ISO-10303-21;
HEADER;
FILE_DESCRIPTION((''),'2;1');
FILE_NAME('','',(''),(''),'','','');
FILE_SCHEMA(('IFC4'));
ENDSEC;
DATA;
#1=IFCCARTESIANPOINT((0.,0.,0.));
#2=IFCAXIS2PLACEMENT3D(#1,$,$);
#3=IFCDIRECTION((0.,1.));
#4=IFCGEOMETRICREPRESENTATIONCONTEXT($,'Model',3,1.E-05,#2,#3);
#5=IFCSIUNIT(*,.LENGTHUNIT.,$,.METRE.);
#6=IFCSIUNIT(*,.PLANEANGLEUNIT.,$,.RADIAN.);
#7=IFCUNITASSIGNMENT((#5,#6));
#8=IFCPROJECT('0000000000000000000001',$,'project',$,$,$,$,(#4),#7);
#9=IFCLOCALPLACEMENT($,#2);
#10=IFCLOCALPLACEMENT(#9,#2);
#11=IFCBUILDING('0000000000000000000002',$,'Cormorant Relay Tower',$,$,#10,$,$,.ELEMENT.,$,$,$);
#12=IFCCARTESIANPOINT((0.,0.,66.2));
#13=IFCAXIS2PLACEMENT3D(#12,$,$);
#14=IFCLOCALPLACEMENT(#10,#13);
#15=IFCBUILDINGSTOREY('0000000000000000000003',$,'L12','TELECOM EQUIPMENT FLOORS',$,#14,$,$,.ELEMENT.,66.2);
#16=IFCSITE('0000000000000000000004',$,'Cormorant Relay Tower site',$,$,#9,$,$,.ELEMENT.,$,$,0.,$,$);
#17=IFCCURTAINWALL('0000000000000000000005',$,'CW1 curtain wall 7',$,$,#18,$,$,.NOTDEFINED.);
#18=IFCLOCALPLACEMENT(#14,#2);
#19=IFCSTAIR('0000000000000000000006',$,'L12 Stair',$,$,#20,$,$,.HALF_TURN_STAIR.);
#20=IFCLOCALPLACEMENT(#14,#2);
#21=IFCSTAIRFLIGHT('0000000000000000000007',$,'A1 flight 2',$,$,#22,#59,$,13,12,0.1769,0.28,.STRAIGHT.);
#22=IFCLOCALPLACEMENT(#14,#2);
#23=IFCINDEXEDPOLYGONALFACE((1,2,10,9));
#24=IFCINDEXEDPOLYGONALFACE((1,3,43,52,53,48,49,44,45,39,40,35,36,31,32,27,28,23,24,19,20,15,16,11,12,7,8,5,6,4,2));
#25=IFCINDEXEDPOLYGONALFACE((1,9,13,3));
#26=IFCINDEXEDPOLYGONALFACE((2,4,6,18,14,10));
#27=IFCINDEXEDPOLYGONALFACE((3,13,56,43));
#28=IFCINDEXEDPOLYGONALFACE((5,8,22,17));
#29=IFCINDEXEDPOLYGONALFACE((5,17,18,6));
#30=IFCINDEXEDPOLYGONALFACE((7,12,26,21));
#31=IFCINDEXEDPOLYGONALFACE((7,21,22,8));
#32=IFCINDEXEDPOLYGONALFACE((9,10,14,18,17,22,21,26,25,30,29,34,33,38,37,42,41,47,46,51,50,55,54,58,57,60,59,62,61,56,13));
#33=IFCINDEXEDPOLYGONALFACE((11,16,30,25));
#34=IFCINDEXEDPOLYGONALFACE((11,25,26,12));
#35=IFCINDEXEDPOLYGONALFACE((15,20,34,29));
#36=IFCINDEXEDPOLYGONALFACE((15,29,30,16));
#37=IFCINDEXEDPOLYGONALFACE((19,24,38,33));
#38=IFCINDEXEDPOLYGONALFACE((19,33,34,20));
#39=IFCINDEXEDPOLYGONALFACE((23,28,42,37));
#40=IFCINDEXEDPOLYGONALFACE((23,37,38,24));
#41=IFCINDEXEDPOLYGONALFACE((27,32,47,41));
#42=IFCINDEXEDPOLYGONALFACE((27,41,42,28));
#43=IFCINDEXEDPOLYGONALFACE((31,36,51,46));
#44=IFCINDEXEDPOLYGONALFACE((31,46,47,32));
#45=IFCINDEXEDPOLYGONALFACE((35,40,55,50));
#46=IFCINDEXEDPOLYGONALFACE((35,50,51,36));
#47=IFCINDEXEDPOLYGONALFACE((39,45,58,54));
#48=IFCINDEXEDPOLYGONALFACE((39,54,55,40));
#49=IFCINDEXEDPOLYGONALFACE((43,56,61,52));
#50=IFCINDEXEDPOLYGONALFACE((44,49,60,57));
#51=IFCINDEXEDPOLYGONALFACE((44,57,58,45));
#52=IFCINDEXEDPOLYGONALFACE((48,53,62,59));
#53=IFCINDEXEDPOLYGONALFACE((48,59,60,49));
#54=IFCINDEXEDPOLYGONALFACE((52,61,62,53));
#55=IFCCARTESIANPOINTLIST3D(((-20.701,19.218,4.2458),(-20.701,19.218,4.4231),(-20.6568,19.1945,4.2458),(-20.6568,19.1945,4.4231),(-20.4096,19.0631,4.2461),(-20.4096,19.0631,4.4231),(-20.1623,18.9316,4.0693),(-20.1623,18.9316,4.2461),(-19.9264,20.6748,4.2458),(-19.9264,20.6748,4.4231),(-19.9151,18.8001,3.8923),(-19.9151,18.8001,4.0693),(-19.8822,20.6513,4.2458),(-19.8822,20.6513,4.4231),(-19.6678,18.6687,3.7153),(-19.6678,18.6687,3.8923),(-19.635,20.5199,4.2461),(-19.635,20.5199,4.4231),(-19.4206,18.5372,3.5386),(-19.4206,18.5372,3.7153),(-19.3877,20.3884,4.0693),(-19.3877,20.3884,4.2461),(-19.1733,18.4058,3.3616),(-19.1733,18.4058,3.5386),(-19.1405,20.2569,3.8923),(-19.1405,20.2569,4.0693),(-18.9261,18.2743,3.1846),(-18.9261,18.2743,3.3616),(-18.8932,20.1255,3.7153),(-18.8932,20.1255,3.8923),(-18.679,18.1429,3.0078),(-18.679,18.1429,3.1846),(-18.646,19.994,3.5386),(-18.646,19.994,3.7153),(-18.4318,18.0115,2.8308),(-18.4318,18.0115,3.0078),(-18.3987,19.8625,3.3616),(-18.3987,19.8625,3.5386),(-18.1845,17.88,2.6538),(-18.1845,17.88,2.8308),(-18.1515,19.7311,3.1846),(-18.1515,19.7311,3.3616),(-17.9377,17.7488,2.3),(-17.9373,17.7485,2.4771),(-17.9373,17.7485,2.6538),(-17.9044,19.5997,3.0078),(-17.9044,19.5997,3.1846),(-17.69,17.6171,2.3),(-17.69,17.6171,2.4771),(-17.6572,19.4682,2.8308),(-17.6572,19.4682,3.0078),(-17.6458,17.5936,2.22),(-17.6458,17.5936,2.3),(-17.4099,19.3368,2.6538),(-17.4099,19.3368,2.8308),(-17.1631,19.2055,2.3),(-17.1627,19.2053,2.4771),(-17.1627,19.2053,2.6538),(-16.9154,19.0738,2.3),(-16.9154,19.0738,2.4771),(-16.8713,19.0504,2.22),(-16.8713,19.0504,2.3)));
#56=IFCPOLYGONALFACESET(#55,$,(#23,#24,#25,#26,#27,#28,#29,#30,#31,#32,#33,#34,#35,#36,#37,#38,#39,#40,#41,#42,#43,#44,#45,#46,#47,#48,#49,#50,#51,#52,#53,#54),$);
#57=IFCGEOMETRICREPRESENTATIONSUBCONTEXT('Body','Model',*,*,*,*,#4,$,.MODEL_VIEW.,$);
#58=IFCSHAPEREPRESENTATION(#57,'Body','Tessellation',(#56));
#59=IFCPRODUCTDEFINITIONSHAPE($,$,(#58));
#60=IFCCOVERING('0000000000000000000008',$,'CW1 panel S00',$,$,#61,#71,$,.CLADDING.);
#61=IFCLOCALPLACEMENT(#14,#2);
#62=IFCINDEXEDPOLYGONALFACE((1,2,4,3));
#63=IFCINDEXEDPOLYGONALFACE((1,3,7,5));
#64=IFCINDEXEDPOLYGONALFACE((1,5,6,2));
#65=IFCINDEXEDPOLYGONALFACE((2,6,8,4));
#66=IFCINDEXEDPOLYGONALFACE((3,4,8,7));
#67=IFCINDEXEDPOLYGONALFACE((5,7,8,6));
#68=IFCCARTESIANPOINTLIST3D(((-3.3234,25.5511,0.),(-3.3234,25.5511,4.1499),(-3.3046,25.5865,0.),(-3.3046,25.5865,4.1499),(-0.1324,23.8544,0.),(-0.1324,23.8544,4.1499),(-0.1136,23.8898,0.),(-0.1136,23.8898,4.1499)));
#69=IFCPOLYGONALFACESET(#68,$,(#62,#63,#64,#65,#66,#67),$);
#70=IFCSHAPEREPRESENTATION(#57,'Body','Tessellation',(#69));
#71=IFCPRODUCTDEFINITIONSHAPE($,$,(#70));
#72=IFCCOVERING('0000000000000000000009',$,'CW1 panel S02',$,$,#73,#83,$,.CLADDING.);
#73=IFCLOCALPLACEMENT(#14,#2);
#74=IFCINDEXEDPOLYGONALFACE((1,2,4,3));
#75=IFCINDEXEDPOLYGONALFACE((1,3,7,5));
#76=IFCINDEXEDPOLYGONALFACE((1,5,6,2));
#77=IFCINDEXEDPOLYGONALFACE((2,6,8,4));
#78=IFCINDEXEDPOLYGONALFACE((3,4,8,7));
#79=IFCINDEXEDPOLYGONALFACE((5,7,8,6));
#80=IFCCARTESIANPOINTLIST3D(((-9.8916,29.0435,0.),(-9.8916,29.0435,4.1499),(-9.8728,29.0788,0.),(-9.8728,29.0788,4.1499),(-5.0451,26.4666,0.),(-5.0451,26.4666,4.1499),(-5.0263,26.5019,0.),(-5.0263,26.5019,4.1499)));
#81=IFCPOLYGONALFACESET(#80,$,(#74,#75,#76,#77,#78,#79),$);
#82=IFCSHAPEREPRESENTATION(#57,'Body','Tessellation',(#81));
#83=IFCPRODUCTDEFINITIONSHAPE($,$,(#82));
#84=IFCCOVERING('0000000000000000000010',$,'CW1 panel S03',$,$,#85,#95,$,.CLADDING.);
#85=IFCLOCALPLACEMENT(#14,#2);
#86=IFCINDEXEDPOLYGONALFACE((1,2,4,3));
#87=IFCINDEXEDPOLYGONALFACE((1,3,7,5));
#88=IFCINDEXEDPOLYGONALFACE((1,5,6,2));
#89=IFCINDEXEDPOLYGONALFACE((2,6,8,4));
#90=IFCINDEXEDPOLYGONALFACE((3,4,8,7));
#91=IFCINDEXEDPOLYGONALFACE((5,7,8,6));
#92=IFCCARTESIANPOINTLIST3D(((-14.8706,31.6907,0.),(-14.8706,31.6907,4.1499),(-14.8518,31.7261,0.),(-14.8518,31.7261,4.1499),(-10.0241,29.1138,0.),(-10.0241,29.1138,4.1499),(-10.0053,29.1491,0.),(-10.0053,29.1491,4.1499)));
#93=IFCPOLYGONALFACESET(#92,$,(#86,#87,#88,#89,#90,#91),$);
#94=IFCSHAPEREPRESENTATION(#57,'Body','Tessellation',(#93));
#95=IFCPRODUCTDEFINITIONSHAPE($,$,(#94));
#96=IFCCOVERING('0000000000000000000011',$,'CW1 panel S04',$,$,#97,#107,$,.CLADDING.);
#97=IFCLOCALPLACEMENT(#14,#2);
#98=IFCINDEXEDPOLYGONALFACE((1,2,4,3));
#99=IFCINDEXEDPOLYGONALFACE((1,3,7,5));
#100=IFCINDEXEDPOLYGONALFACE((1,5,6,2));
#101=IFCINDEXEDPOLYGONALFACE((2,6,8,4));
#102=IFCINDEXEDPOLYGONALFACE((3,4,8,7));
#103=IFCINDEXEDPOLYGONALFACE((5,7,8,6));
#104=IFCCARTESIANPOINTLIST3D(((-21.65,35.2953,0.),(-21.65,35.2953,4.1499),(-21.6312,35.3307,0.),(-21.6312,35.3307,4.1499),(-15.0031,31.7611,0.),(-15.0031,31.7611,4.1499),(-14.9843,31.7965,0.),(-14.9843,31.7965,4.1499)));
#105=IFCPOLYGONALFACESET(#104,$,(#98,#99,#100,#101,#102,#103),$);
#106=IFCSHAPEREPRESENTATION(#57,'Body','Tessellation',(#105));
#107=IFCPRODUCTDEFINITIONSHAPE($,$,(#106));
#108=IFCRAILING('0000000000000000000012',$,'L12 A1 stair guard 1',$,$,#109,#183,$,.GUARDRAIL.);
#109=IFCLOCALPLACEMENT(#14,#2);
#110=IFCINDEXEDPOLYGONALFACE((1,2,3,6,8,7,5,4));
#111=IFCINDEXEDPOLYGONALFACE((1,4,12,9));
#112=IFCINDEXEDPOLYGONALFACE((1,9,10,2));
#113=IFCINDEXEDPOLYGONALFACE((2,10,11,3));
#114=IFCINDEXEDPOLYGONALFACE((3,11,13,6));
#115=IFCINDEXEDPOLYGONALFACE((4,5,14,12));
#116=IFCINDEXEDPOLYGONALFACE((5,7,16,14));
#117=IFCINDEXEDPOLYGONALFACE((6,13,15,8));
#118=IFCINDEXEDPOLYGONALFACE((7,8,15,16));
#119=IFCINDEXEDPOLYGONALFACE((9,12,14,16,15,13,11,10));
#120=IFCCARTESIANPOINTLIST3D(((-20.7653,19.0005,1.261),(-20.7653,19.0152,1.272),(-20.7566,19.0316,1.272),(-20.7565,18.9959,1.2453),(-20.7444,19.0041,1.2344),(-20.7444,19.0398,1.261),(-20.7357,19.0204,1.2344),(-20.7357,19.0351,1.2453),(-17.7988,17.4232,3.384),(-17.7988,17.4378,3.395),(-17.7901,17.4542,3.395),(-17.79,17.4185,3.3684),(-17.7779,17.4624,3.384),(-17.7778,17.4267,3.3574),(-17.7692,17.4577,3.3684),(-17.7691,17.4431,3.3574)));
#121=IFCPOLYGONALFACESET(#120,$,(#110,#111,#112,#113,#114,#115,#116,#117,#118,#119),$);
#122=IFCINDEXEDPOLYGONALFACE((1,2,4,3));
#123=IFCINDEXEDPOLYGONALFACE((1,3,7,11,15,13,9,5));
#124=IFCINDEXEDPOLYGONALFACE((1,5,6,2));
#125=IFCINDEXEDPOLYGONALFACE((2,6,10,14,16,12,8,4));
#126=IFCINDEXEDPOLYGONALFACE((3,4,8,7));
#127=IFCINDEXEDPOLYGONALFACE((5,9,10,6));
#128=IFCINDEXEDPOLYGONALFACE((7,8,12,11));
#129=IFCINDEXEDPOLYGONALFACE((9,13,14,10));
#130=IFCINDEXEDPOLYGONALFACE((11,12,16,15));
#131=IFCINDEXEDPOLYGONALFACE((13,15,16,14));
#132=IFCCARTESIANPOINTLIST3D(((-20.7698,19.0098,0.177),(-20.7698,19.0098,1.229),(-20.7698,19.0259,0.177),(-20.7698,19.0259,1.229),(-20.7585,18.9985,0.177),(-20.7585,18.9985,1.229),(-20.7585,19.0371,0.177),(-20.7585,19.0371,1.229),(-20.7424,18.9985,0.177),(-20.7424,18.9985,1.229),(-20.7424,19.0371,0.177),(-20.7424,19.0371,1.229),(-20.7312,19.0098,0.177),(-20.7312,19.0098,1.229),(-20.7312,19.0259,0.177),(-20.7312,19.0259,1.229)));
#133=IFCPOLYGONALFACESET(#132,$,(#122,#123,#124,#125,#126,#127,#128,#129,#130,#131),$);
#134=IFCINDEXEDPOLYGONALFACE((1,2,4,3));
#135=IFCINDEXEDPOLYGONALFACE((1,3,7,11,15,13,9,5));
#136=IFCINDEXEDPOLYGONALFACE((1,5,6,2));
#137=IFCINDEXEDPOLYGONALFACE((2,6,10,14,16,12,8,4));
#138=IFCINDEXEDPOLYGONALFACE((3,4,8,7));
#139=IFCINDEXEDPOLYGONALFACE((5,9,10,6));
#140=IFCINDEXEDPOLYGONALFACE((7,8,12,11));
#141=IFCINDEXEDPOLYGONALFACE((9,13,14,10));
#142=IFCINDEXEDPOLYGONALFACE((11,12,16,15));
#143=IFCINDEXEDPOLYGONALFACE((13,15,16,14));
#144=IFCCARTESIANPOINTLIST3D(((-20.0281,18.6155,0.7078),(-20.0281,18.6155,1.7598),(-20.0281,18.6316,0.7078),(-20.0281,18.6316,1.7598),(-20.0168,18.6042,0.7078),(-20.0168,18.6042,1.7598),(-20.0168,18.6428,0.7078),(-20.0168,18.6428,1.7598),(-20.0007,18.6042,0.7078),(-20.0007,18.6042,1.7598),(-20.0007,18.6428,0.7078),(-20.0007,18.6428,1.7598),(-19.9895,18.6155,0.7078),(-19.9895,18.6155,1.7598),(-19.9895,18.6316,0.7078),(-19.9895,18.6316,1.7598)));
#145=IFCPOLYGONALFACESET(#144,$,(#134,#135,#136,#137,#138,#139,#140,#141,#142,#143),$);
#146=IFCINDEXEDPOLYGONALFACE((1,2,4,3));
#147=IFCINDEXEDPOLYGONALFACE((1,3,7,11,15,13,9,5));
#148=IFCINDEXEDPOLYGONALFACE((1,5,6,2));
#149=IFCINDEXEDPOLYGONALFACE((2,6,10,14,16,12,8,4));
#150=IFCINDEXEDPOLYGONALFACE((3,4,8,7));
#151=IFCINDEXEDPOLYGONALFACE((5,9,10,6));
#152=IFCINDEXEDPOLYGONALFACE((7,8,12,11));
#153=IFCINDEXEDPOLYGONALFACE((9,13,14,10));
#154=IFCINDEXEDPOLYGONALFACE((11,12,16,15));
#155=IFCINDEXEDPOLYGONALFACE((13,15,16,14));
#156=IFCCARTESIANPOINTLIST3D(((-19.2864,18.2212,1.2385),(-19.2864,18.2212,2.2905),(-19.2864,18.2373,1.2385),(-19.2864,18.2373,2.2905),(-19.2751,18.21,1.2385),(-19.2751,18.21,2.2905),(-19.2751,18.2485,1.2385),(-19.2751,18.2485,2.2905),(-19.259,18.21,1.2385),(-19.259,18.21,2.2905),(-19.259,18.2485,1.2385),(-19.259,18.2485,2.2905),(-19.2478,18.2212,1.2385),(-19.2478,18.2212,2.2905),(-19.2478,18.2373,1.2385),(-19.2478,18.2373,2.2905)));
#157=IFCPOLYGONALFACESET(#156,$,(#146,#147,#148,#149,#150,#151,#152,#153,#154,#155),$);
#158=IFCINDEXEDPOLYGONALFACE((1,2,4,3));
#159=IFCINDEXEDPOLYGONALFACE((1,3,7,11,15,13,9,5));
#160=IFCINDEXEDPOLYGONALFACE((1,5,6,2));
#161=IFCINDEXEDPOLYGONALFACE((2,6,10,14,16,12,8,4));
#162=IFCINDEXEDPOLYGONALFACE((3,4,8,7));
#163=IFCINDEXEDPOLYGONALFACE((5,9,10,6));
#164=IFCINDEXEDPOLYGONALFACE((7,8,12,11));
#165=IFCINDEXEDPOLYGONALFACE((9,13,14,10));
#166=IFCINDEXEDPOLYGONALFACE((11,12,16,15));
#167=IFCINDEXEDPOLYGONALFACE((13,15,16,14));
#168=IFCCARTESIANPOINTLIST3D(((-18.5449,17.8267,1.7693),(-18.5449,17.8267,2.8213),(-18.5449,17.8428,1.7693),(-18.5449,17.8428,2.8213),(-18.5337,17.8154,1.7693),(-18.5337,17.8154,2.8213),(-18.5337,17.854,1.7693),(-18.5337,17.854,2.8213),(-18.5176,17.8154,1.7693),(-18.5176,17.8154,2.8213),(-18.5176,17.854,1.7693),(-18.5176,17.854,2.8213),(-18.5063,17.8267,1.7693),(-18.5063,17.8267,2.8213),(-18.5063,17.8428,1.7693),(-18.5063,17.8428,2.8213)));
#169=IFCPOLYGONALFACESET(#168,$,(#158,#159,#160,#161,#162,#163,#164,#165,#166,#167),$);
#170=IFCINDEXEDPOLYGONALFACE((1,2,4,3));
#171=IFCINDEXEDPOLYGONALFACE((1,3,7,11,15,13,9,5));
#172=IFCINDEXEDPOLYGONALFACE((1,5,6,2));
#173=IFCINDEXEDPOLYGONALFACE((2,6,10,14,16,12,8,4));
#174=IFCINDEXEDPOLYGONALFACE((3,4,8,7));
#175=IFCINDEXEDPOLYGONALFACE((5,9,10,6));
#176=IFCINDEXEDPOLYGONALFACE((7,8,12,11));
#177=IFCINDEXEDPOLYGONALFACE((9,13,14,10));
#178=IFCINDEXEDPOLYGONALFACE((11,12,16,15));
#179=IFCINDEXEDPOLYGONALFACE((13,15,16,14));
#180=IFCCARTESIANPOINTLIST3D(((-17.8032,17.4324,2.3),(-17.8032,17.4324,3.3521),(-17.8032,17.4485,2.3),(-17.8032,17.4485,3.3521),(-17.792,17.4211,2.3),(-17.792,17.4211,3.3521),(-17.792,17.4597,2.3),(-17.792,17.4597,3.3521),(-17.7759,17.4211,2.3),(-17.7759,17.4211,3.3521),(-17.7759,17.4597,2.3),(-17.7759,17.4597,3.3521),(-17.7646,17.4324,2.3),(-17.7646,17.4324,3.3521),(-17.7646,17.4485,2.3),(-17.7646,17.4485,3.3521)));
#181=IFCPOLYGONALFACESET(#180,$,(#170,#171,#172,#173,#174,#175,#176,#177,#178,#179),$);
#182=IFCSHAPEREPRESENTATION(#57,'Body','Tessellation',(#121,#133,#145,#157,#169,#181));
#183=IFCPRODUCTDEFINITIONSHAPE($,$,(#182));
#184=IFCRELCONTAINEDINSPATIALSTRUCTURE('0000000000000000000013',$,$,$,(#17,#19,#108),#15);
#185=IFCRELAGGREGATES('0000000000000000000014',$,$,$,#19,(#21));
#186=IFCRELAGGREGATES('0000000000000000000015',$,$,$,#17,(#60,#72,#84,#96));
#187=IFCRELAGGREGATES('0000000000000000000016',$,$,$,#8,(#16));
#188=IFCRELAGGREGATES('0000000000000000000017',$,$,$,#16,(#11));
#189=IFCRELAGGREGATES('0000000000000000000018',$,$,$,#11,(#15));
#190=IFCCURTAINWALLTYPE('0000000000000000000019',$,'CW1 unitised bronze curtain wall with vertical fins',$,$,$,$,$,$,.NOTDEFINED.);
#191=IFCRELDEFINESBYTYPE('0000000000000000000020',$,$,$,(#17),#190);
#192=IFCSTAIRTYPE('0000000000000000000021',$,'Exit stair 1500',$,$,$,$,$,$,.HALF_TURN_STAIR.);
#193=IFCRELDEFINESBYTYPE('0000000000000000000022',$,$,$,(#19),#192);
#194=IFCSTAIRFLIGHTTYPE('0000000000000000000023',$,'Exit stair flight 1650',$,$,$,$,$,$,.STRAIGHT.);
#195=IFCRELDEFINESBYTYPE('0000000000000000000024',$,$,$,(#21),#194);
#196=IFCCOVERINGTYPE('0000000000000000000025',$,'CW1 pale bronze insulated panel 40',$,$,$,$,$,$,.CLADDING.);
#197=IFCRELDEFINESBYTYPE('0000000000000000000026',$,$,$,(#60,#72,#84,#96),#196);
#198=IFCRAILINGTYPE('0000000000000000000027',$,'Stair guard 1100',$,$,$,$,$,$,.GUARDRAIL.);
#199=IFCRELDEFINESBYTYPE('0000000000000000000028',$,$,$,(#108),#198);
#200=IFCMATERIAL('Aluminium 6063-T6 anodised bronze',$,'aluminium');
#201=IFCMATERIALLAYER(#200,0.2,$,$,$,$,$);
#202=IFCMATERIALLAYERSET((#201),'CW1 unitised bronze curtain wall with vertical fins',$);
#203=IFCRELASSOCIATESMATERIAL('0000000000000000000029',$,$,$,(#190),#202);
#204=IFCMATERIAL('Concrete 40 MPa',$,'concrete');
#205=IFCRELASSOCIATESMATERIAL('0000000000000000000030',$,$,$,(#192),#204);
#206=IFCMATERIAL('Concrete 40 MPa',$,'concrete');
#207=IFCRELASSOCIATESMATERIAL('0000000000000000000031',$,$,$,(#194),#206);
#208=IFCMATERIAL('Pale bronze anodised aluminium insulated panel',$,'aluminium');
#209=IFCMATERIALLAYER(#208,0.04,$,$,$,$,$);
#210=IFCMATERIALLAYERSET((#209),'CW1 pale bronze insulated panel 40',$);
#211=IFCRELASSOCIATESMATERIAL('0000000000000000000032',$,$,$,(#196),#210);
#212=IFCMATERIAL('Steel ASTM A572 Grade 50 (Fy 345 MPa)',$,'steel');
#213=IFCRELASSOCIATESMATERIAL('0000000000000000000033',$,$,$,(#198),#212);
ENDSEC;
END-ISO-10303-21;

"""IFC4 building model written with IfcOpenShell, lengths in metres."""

from ifc_helpers import new_model, si_unit, direction, frame, origin, origin_2d, place, context, subcontext, project, spatial, polyline, rectangle, outline, extrude, material, layer, layer_set, type_object, element, aggregate, save


model = new_model("IFC4")

# Units and contexts
model_context = context("Model", 3, precision=1e-05, world=origin(), true_north=direction((0.0, 1.0)))
body_context = subcontext(model_context, "Body", "Model", "MODEL_VIEW")
ifc_project = project(units=[si_unit("LENGTHUNIT", "METRE"), si_unit("PLANEANGLEUNIT", "RADIAN")], contexts=[model_context])

# Site, building, storey
site_placement = place(None, origin())
site = spatial("IfcSite", under=ifc_project, at=site_placement, Name="Cormorant Relay Tower site", CompositionType="ELEMENT", RefElevation=0.0)
building_placement = place(site_placement, origin())
building = spatial("IfcBuilding", under=site, at=building_placement, Name="Cormorant Relay Tower", CompositionType="ELEMENT")
storey_placement = place(building_placement, frame((0.0, 0.0, 66.2)))
storey = spatial("IfcBuildingStorey", under=building, at=storey_placement, Name="L12", Description="TELECOM EQUIPMENT FLOORS", CompositionType="ELEMENT", Elevation=66.2)

# Curtain wall
ifc_material_1 = material(Name="Aluminium 6063-T6 anodised bronze", Category="aluminium")
ifc_layer_1 = layer(ifc_material_1, 0.2)
ifc_layer_set_1 = layer_set([ifc_layer_1], Name="CW1 unitised bronze curtain wall with vertical fins")
curtain_wall_type = type_object("IfcCurtainWallType", Name="CW1 unitised bronze curtain wall with vertical fins", PredefinedType="NOTDEFINED", material=ifc_layer_set_1)
curtain_wall_placement = place(storey_placement, origin())
curtain_wall = element("IfcCurtainWall", 1, at=curtain_wall_placement, inside=storey, type_object=curtain_wall_type, Name="CW1 curtain wall 7", PredefinedType="NOTDEFINED")

# Stair, stair flight
ifc_material_2 = material(Name="Concrete 40 MPa", Category="concrete")
stair_type = type_object("IfcStairType", Name="Exit stair 1500", PredefinedType="HALF_TURN_STAIR", material=ifc_material_2)
stair_placement = place(storey_placement, origin())
stair = element("IfcStair", 2, at=stair_placement, inside=storey, type_object=stair_type, Name="L12 Stair", PredefinedType="HALF_TURN_STAIR")
ifc_material_3 = material(Name="Concrete 40 MPa", Category="concrete")
stair_flight_type = type_object("IfcStairFlightType", Name="Exit stair flight 1650", PredefinedType="STRAIGHT", material=ifc_material_3)
stair_flight_placement = place(storey_placement, frame((-17.3027, 18.3455, 2.3), z_axis=(0.0, 0.0, 1.0), x_axis=(-0.882948, 0.469472, 0.0)))
stair_flight = element("IfcStairFlight", 3, at=stair_flight_placement, type_object=stair_flight_type, Name="A1 flight 2", NumberOfRisers=13, NumberOfTreads=12, PredefinedType="STRAIGHT", RiserHeight=0.1769, TreadLength=0.28, context=body_context, shape_type="SweptSolid", body=[
    extrude(outline(polyline([(-0.05, -0.0801), (-0.05, 0.0), (0.0, 0.0), (0.0, 0.177), (0.28, 0.177), (0.28, 0.3538), (0.5601, 0.3538), (0.5601, 0.5308), (0.8401, 0.5308), (0.8401, 0.7078), (1.1201, 0.7078), (1.1201, 0.8845), (1.3999, 0.8845), (1.3999, 1.0615), (1.6799, 1.0615), (1.6799, 1.2385), (1.96, 1.2385), (1.96, 1.4153), (2.24, 1.4153), (2.24, 1.5923), (2.52, 1.5923), (2.52, 1.7693), (2.8, 1.7693), (2.8, 1.946), (3.0801, 1.946), (3.0801, 2.123), (3.3601, 2.123), (3.4102, 2.123), (3.4102, 1.9458), (3.3601, 1.9458), (0.2805, 0.0), (-0.05, -0.0801)])), frame((0.0, 0.825, 0.0), z_axis=(0.0, -1.0, 0.0), x_axis=(1.0, 0.0, 0.0)), (0.0, 0.0, 1.0), 1.6499),
])
aggregate(stair, [stair_flight])

# Coverings
ifc_material_4 = material(Name="Pale bronze anodised aluminium insulated panel", Category="aluminium")
ifc_layer_2 = layer(ifc_material_4, 0.04)
ifc_layer_set_2 = layer_set([ifc_layer_2], Name="CW1 pale bronze insulated panel 40")
covering_type = type_object("IfcCoveringType", Name="CW1 pale bronze insulated panel 40", PredefinedType="CLADDING", material=ifc_layer_set_2)
covering_1_placement = place(storey_placement, frame((-1.7185, 24.7205, 0.0), z_axis=(0.0, 0.0, 1.0), x_axis=(-0.882948, 0.469472, 0.0)))
covering_1 = element("IfcCovering", 4, at=covering_1_placement, type_object=covering_type, Name="CW1 panel S00", PredefinedType="CLADDING", context=body_context, shape_type="SweptSolid", body=[
    extrude(rectangle(XDim=3.614, YDim=0.04, at=origin_2d()), origin(), (0.0, 0.0, 1.0), 4.1499),
])
covering_2_placement = place(storey_placement, frame((-7.459, 27.7727, 0.0), z_axis=(0.0, 0.0, 1.0), x_axis=(-0.882948, 0.469472, 0.0)))
covering_2 = element("IfcCovering", 5, at=covering_2_placement, type_object=covering_type, Name="CW1 panel S02", PredefinedType="CLADDING", context=body_context, shape_type="SweptSolid", body=[
    extrude(rectangle(XDim=5.489, YDim=0.04, at=origin_2d()), origin(), (0.0, 0.0, 1.0), 4.1499),
])
covering_3_placement = place(storey_placement, frame((-12.438, 30.4199, 0.0), z_axis=(0.0, 0.0, 1.0), x_axis=(-0.882948, 0.469472, 0.0)))
covering_3 = element("IfcCovering", 6, at=covering_3_placement, type_object=covering_type, Name="CW1 panel S03", PredefinedType="CLADDING", context=body_context, shape_type="SweptSolid", body=[
    extrude(rectangle(XDim=5.489, YDim=0.04, at=origin_2d()), origin(), (0.0, 0.0, 1.0), 4.1499),
])
covering_4_placement = place(storey_placement, frame((-18.3171, 33.5459, 0.0), z_axis=(0.0, 0.0, 1.0), x_axis=(-0.882948, 0.469472, 0.0)))
covering_4 = element("IfcCovering", 7, at=covering_4_placement, type_object=covering_type, Name="CW1 panel S04", PredefinedType="CLADDING", context=body_context, shape_type="SweptSolid", body=[
    extrude(rectangle(XDim=7.5281, YDim=0.04, at=origin_2d()), origin(), (0.0, 0.0, 1.0), 4.1499),
])
aggregate(curtain_wall, [covering_1, covering_2, covering_3, covering_4])

# Railing
ifc_material_5 = material(Name="Steel ASTM A572 Grade 50 (Fy 345 MPa)", Category="steel")
railing_type_1 = type_object("IfcRailingType", Name="Stair guard 1100", PredefinedType="GUARDRAIL", material=ifc_material_5)
railing_1_placement = place(storey_placement, frame((-20.7505, 19.0178, 0.177)))
element("IfcRailing", 8, at=railing_1_placement, inside=storey, type_object=railing_type_1, Name="L12 A1 stair guard 1", PredefinedType="GUARDRAIL", context=body_context, shape_type="SweptSolid", body=[
    extrude(outline(polyline([(0.0222, 0.0093), (0.0093, 0.0222), (-0.0093, 0.0222), (-0.0222, 0.0093), (-0.0222, -0.0093), (-0.0093, -0.0222), (0.0093, -0.0222), (0.0222, -0.0093), (0.0222, 0.0093)])), frame((0.0, 0.0, 1.0762), z_axis=(0.746413, -0.396887, 0.534179), x_axis=(0.469483, 0.882942, 0.0)), (0.0, 0.0, 1.0), 3.9744),
    extrude(outline(polyline([(0.0193, 0.0081), (0.0081, 0.0193), (-0.0081, 0.0193), (-0.0193, 0.0081), (-0.0193, -0.0081), (-0.0081, -0.0193), (0.0081, -0.0193), (0.0193, -0.0081), (0.0193, 0.0081)])), origin(), (0.0, 0.0, 1.0), 1.052),
    extrude(outline(polyline([(0.0193, 0.0081), (0.0081, 0.0193), (-0.0081, 0.0193), (-0.0193, 0.0081), (-0.0193, -0.0081), (-0.0081, -0.0193), (0.0081, -0.0193), (0.0193, -0.0081), (0.0193, 0.0081)])), frame((0.7417, -0.3943, 0.5308)), (0.0, 0.0, 1.0), 1.052),
    extrude(outline(polyline([(0.0193, 0.0081), (0.0081, 0.0193), (-0.0081, 0.0193), (-0.0193, 0.0081), (-0.0193, -0.0081), (-0.0081, -0.0193), (0.0081, -0.0193), (0.0193, -0.0081), (0.0193, 0.0081)])), frame((1.4834, -0.7886, 1.0615)), (0.0, 0.0, 1.0), 1.052),
    extrude(outline(polyline([(0.0193, 0.0081), (0.0081, 0.0193), (-0.0081, 0.0193), (-0.0193, 0.0081), (-0.0193, -0.0081), (-0.0081, -0.0193), (0.0081, -0.0193), (0.0193, -0.0081), (0.0193, 0.0081)])), frame((2.2249, -1.1831, 1.5923)), (0.0, 0.0, 1.0), 1.052),
    extrude(outline(polyline([(0.0193, 0.0081), (0.0081, 0.0193), (-0.0081, 0.0193), (-0.0193, 0.0081), (-0.0193, -0.0081), (-0.0081, -0.0193), (0.0081, -0.0193), (0.0193, -0.0081), (0.0193, 0.0081)])), frame((2.9666, -1.5774, 2.123)), (0.0, 0.0, 1.0), 1.052),
])

save(model, "model.ifc")
